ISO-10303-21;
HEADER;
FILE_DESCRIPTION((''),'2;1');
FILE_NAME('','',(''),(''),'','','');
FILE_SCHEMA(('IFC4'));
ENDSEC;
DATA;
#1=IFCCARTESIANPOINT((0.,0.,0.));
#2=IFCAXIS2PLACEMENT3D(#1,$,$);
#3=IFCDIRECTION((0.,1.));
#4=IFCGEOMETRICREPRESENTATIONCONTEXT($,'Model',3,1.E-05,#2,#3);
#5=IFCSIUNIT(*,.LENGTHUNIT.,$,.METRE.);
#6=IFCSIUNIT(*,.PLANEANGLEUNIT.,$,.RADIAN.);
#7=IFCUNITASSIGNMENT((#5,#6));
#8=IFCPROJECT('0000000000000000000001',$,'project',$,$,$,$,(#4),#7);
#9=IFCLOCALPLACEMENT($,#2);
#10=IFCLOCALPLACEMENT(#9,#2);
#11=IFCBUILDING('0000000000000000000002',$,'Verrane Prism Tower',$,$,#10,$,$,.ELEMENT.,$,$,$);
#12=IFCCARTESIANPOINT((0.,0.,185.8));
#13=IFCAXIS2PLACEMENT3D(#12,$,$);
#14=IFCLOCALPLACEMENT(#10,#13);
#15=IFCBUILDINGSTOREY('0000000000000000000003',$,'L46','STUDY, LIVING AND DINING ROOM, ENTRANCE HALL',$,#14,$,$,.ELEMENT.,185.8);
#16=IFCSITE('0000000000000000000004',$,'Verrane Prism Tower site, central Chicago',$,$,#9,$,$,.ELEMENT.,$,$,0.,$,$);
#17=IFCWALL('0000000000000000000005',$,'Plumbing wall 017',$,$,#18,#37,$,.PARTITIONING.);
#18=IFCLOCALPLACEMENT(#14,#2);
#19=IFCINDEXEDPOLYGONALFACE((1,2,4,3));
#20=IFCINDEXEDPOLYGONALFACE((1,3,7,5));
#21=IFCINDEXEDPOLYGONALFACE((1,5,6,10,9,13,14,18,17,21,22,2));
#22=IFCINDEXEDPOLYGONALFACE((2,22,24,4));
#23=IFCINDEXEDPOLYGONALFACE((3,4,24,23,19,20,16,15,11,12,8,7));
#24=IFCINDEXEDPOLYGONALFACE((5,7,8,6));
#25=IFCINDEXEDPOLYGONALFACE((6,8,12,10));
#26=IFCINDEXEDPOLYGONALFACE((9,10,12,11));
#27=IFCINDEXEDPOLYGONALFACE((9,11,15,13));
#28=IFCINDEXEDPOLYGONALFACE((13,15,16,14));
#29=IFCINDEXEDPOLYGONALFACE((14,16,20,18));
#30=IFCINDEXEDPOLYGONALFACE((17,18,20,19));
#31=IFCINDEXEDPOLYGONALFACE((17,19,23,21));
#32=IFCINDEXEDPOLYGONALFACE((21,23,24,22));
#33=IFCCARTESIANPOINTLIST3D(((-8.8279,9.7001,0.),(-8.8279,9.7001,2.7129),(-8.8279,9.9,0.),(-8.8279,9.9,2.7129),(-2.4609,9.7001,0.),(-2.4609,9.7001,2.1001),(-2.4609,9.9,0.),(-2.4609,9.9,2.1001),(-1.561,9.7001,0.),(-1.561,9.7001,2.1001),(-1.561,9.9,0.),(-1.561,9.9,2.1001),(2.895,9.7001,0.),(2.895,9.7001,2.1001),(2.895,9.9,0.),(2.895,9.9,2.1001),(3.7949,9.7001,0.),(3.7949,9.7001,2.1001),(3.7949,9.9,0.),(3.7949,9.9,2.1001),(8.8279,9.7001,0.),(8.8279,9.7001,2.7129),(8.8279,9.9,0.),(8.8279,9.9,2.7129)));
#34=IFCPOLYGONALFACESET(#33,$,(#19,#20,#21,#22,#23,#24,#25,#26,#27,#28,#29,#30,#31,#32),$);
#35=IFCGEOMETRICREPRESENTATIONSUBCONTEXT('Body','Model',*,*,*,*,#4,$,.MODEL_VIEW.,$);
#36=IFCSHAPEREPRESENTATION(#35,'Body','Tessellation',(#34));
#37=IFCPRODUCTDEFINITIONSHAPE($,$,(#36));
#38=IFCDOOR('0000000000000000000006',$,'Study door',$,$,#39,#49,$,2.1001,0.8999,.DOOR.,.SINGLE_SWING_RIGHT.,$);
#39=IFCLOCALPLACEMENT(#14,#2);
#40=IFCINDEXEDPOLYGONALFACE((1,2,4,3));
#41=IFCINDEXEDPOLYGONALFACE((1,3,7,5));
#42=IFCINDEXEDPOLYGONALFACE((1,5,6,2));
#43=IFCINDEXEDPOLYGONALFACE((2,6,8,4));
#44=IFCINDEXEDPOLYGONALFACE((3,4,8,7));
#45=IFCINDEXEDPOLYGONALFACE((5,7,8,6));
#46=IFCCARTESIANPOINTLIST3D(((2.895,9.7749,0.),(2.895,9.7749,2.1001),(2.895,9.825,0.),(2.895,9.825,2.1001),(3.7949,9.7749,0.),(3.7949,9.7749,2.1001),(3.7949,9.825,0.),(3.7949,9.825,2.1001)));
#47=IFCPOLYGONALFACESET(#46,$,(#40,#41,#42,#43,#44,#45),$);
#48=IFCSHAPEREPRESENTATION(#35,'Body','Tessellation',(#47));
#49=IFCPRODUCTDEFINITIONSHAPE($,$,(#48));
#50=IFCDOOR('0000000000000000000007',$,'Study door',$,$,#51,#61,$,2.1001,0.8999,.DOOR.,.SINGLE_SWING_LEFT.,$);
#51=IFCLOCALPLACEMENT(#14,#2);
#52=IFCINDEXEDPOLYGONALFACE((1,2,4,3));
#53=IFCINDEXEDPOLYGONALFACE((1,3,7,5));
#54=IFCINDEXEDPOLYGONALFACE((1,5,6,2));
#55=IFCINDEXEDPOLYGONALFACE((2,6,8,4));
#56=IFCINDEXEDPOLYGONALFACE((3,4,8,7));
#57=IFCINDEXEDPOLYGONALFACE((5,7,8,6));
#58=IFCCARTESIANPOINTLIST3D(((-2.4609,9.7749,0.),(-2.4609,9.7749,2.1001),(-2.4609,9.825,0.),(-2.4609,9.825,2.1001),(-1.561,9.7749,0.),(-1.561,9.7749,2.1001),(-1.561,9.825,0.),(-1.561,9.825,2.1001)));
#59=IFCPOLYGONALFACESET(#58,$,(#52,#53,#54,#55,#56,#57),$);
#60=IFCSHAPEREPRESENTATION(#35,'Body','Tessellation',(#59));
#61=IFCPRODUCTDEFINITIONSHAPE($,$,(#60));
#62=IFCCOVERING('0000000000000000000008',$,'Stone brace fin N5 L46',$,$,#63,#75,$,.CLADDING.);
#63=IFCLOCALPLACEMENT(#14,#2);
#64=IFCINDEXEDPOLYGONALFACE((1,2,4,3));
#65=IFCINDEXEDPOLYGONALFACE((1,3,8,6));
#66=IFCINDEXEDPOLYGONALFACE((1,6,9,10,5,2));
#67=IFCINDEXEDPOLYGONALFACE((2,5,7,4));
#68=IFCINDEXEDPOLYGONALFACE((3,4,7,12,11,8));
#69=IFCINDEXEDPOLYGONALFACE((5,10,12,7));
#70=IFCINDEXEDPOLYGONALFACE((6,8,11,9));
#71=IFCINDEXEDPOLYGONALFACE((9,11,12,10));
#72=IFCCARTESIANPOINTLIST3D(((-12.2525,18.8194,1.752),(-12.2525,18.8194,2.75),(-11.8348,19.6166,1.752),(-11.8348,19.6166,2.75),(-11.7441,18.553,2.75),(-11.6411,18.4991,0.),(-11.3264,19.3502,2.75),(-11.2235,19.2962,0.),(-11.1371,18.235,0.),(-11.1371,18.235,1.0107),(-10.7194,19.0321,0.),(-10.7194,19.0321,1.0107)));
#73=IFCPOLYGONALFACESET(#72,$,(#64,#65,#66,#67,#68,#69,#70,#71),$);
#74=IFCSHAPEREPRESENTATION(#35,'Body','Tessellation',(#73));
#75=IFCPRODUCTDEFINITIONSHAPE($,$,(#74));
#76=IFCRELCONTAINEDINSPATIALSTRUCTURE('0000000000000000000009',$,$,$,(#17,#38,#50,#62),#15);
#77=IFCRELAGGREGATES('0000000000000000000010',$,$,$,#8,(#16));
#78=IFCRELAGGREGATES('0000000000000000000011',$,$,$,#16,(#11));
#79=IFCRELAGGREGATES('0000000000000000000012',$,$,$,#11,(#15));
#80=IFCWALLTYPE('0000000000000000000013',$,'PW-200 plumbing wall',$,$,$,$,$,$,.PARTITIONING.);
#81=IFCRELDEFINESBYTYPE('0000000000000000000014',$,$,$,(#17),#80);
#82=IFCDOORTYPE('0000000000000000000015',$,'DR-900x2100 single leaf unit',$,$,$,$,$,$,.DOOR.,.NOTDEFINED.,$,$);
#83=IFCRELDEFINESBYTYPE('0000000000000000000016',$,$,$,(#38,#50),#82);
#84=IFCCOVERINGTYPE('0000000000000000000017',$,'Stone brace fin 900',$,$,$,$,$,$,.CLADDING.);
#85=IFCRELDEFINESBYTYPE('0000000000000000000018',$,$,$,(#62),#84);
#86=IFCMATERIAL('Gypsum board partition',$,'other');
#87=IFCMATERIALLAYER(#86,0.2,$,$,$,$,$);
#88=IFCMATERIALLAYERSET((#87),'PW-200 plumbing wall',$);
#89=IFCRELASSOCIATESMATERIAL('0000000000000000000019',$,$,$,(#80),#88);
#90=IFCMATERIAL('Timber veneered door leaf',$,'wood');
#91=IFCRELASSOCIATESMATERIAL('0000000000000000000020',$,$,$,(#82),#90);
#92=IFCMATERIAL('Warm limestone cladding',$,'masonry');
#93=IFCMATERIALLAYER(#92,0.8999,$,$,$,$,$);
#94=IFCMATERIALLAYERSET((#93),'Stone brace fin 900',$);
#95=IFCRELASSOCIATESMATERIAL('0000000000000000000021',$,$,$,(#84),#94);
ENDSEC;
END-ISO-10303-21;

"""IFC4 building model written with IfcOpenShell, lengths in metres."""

from ifc_helpers import new_model, si_unit, direction, frame, frame_2d, origin, place, context, subcontext, project, spatial, polyline, rectangle, outline, extrude, material, layer, layer_set, type_object, element, fill, save


model = new_model("IFC4")

# Units and contexts
model_context = context("Model", 3, precision=1e-05, world=origin(), true_north=direction((0.0, 1.0)))
body_context = subcontext(model_context, "Body", "Model", "MODEL_VIEW")
ifc_project = project(units=[si_unit("LENGTHUNIT", "METRE"), si_unit("PLANEANGLEUNIT", "RADIAN")], contexts=[model_context])

# Site, building, storey
site_placement = place(None, origin())
site = spatial("IfcSite", under=ifc_project, at=site_placement, Name="Verrane Prism Tower site, central Chicago", CompositionType="ELEMENT", RefElevation=0.0)
building_placement = place(site_placement, origin())
building = spatial("IfcBuilding", under=site, at=building_placement, Name="Verrane Prism Tower", CompositionType="ELEMENT")
storey_placement = place(building_placement, frame((0.0, 0.0, 185.8)))
storey = spatial("IfcBuildingStorey", under=building, at=storey_placement, Name="L46", Description="STUDY, LIVING AND DINING ROOM, ENTRANCE HALL", CompositionType="ELEMENT", Elevation=185.8)

# Wall, openings, doors
ifc_material_1 = material(Name="Gypsum board partition", Category="other")
ifc_layer_1 = layer(ifc_material_1, 0.2)
ifc_layer_set_1 = layer_set([ifc_layer_1], Name="PW-200 plumbing wall")
wall_type_1 = type_object("IfcWallType", Name="PW-200 plumbing wall", PredefinedType="PARTITIONING", material=ifc_layer_set_1)
wall_1_placement = place(storey_placement, frame((-8.8279, 9.8, 0.0), z_axis=(0.0, 0.0, 1.0), x_axis=(1.0, 0.0, 0.0)))
wall_1 = element("IfcWall", 1, at=wall_1_placement, inside=storey, type_object=wall_type_1, Name="Plumbing wall 017", PredefinedType="PARTITIONING", context=body_context, shape_type="SweptSolid", body=[
    extrude(rectangle(XDim=17.6558, YDim=0.2, at=frame_2d((8.8279, 0.0))), origin(), (0.0, 0.0, 1.0), 2.7129),
])
opening_1_placement = place(wall_1_placement, frame((11.7229, 0.0, 0.0)))
opening_1 = element("IfcOpeningElement", 2, at=opening_1_placement, cuts=wall_1, PredefinedType="OPENING", context=body_context, shape_type="SweptSolid", body=[
    extrude(rectangle(XDim=0.8999, YDim=2.1001, at=frame_2d((0.45, 1.05))), frame((0.0, 0.1099, 0.0), z_axis=(0.0, -1.0, 0.0), x_axis=(1.0, 0.0, 0.0)), (0.0, 0.0, 1.0), 0.22),
])
opening_2_placement = place(wall_1_placement, frame((6.3669, 0.0, 0.0)))
opening_2 = element("IfcOpeningElement", 3, at=opening_2_placement, cuts=wall_1, PredefinedType="OPENING", context=body_context, shape_type="SweptSolid", body=[
    extrude(rectangle(XDim=0.8999, YDim=2.1001, at=frame_2d((0.45, 1.05))), frame((0.0, 0.1099, 0.0), z_axis=(0.0, -1.0, 0.0), x_axis=(1.0, 0.0, 0.0)), (0.0, 0.0, 1.0), 0.22),
])
ifc_material_2 = material(Name="Timber veneered door leaf", Category="wood")
door_type = type_object("IfcDoorType", Name="DR-900x2100 single leaf unit", OperationType="NOTDEFINED", PredefinedType="DOOR", material=ifc_material_2)
door_1_placement = place(opening_1_placement, origin())
door_1 = element("IfcDoor", 4, at=door_1_placement, inside=storey, type_object=door_type, Name="Study door", OperationType="SINGLE_SWING_RIGHT", OverallHeight=2.1001, OverallWidth=0.8999, PredefinedType="DOOR", context=body_context, shape_type="SweptSolid", body=[
    extrude(rectangle(XDim=0.8999, YDim=2.1001, at=frame_2d((0.45, 1.05))), frame((0.0, 0.0249, 0.0), z_axis=(0.0, -1.0, 0.0), x_axis=(1.0, 0.0, 0.0)), (0.0, 0.0, 1.0), 0.05),
])
fill(opening_1, door_1)
door_2_placement = place(opening_2_placement, origin())
door_2 = element("IfcDoor", 5, at=door_2_placement, inside=storey, type_object=door_type, Name="Study door", OperationType="SINGLE_SWING_LEFT", OverallHeight=2.1001, OverallWidth=0.8999, PredefinedType="DOOR", context=body_context, shape_type="SweptSolid", body=[
    extrude(rectangle(XDim=0.8999, YDim=2.1001, at=frame_2d((0.45, 1.05))), frame((0.0, 0.0249, 0.0), z_axis=(0.0, -1.0, 0.0), x_axis=(1.0, 0.0, 0.0)), (0.0, 0.0, 1.0), 0.05),
])
fill(opening_2, door_2)

# Covering
ifc_material_3 = material(Name="Warm limestone cladding", Category="masonry")
ifc_layer_2 = layer(ifc_material_3, 0.8999)
ifc_layer_set_2 = layer_set([ifc_layer_2], Name="Stone brace fin 900")
covering_type = type_object("IfcCoveringType", Name="Stone brace fin 900", PredefinedType="CLADDING", material=ifc_layer_set_2)
covering_placement = place(storey_placement, frame((-10.9282, 18.6335, 0.0), z_axis=(0.0, 0.0, 1.0), x_axis=(-0.885775, 0.464116, 0.0)))
element("IfcCovering", 6, at=covering_placement, inside=storey, type_object=covering_type, Name="Stone brace fin N5 L46", PredefinedType="CLADDING", context=body_context, shape_type="SweptSolid", body=[
    extrude(outline(polyline([(1.2593, 2.75), (0.6853, 2.75), (0.0, 1.0107), (0.0, 0.0), (0.5691, 0.0), (1.2593, 1.752), (1.2593, 2.75)])), frame((0.0, 0.45, 0.0), z_axis=(0.0, -1.0, 0.0), x_axis=(1.0, 0.0, 0.0)), (0.0, 0.0, 1.0), 0.8999),
])

save(model, "model.ifc")
